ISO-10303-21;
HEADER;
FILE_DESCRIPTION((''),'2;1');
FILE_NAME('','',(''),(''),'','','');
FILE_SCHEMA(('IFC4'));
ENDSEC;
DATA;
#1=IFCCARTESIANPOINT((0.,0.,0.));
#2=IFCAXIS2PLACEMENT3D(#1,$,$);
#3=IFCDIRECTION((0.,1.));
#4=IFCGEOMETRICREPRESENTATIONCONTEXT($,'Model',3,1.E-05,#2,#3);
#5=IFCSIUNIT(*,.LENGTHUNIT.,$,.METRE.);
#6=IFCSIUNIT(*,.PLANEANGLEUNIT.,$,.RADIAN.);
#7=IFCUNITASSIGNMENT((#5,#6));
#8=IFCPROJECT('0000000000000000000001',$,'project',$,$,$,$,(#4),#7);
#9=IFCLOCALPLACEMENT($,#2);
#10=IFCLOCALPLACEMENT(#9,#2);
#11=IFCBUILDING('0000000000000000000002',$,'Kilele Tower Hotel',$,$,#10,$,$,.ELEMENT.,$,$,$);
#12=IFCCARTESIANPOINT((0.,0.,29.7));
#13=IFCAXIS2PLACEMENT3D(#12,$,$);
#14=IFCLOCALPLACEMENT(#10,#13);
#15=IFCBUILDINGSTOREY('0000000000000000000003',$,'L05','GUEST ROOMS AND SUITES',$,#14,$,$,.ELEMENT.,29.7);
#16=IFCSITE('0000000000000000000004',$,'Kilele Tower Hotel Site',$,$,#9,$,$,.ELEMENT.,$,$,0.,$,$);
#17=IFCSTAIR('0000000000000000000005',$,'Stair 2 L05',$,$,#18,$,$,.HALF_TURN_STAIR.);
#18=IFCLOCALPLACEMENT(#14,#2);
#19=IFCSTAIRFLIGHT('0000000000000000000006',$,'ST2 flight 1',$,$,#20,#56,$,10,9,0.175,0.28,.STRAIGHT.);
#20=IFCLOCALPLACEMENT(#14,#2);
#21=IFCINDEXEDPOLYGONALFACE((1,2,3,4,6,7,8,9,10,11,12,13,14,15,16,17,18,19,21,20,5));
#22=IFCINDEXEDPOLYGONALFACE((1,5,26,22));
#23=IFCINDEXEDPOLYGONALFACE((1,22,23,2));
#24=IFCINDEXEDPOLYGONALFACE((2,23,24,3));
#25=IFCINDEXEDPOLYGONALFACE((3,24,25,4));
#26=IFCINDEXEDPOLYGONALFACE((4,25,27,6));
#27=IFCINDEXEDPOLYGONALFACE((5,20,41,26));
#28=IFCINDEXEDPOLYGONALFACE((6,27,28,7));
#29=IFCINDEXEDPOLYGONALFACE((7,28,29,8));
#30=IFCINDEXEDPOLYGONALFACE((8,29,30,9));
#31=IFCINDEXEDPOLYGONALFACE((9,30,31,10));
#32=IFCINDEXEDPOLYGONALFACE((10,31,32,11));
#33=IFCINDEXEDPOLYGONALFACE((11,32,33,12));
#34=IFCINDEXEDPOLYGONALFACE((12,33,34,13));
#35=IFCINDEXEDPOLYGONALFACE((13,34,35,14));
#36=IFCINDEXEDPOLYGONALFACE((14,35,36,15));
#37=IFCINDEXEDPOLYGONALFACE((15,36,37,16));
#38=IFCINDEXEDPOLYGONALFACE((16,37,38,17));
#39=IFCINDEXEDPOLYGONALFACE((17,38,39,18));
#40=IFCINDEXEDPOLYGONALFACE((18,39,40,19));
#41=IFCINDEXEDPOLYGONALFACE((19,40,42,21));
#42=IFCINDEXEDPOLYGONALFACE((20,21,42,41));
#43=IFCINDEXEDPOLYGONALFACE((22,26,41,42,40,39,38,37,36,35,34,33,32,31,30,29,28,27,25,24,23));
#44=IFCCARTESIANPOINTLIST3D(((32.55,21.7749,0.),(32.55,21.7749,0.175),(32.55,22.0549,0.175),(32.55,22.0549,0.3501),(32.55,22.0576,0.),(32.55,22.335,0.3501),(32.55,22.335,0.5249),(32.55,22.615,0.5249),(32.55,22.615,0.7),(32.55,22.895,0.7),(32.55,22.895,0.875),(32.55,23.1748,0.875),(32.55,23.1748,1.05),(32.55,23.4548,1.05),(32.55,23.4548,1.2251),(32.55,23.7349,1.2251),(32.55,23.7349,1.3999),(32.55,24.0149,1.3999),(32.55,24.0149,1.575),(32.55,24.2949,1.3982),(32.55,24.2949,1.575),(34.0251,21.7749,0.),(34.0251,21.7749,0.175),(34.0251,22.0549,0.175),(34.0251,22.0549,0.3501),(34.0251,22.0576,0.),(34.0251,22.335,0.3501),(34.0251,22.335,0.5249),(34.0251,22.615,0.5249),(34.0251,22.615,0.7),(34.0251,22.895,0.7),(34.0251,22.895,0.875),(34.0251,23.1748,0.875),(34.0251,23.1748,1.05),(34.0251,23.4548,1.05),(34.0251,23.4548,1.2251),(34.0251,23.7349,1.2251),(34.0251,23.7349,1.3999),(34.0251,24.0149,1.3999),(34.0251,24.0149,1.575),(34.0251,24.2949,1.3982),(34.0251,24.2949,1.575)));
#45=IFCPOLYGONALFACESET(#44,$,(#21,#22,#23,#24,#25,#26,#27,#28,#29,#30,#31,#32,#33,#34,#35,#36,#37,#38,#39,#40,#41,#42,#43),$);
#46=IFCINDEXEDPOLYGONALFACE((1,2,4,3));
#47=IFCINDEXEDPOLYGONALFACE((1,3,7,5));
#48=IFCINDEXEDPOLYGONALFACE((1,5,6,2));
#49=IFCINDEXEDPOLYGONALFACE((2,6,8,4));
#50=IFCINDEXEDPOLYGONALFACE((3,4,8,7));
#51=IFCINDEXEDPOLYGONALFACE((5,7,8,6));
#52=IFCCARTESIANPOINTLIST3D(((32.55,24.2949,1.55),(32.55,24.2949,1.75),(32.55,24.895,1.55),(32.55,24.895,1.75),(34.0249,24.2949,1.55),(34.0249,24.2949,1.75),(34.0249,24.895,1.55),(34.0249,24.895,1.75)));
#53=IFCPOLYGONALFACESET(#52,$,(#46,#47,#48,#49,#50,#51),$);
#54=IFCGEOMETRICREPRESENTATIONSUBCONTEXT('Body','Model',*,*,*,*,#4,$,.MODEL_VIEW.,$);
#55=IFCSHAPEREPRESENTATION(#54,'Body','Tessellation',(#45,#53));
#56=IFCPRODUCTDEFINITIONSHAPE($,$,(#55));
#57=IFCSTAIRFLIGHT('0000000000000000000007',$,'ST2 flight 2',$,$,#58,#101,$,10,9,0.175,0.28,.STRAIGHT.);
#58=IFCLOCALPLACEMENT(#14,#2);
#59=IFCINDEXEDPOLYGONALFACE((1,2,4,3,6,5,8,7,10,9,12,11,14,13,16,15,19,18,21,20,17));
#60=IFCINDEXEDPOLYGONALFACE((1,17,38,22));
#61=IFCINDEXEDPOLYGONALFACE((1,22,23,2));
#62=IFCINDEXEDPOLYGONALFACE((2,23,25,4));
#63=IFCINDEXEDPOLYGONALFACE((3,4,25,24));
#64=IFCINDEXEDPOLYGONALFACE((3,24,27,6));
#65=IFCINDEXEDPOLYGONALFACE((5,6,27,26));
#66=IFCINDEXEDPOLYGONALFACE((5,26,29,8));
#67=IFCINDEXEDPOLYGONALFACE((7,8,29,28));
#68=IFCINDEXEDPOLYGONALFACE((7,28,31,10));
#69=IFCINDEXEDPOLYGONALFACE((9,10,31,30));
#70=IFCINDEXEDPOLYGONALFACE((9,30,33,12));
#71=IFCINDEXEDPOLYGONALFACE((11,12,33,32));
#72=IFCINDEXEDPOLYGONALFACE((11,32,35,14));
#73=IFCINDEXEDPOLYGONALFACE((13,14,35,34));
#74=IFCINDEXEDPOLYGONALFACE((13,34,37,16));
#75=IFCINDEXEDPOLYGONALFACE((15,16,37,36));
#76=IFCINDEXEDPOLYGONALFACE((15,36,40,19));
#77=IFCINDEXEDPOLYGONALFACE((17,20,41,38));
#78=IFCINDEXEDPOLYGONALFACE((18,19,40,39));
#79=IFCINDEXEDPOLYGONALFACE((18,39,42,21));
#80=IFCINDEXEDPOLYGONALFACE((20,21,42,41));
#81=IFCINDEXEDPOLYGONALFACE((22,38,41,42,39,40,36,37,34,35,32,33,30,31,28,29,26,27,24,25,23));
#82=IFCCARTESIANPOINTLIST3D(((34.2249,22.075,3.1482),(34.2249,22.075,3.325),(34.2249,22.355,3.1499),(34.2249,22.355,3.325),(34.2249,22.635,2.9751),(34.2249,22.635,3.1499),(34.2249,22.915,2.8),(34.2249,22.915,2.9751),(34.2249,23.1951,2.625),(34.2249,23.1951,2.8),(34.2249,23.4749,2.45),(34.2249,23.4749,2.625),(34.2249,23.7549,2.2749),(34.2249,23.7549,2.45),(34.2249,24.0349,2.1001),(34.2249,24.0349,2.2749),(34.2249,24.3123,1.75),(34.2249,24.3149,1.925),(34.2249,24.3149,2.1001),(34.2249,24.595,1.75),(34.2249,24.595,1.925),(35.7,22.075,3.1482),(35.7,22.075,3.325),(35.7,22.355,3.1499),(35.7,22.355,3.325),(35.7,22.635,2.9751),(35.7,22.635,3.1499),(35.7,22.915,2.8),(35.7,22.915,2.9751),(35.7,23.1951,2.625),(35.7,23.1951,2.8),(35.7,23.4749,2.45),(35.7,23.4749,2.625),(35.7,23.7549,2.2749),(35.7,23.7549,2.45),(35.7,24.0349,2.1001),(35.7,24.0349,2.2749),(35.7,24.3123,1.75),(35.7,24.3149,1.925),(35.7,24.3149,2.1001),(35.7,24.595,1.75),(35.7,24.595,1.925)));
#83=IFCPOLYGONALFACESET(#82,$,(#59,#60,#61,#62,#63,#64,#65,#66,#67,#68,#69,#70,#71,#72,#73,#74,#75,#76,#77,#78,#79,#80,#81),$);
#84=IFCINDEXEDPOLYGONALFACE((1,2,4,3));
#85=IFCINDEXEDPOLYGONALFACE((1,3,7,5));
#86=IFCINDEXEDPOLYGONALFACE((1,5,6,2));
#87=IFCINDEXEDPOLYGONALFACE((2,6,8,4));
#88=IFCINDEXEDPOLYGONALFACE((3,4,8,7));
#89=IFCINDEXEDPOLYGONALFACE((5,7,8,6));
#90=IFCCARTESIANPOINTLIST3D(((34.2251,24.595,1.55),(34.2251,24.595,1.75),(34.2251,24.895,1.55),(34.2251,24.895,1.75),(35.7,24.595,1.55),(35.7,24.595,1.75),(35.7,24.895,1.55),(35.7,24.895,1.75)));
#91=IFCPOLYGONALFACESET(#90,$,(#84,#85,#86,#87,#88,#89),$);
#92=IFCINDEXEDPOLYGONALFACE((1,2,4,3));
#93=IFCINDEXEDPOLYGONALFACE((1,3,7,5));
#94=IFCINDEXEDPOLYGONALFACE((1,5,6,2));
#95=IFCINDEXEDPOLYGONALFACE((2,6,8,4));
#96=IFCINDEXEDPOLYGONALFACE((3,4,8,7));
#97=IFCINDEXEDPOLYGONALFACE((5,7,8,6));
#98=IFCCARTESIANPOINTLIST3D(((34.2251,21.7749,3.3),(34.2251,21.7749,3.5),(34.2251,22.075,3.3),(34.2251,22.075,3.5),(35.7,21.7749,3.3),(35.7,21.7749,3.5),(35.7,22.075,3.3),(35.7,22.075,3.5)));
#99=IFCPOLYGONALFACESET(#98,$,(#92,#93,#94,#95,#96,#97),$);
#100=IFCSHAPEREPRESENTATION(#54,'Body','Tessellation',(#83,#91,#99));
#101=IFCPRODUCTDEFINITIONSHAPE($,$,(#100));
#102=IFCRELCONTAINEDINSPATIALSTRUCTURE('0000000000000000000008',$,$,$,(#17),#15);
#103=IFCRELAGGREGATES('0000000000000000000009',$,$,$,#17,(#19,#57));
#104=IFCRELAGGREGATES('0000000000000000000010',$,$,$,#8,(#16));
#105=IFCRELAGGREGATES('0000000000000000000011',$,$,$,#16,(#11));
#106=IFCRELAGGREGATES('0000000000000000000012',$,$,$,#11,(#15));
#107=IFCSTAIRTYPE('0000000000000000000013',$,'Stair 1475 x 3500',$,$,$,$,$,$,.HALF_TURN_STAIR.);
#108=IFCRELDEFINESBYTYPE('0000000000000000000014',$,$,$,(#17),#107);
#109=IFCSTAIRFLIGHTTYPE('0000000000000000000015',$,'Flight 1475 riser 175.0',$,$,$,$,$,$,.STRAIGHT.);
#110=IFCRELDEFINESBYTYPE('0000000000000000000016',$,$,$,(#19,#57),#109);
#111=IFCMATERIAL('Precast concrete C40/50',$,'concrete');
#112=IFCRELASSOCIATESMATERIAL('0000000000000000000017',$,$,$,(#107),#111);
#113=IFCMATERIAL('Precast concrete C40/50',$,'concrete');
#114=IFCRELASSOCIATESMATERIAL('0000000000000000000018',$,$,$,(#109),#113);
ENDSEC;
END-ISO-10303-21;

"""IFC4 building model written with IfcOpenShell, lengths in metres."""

from ifc_helpers import new_model, si_unit, direction, frame, origin, place, context, subcontext, project, spatial, polyline, outline, extrude, material, type_object, element, aggregate, save


model = new_model("IFC4")

# Units and contexts
model_context = context("Model", 3, precision=1e-05, world=origin(), true_north=direction((0.0, 1.0)))
body_context = subcontext(model_context, "Body", "Model", "MODEL_VIEW")
ifc_project = project(units=[si_unit("LENGTHUNIT", "METRE"), si_unit("PLANEANGLEUNIT", "RADIAN")], contexts=[model_context])

# Site, building, storey
site_placement = place(None, origin())
site = spatial("IfcSite", under=ifc_project, at=site_placement, Name="Kilele Tower Hotel Site", CompositionType="ELEMENT", RefElevation=0.0)
building_placement = place(site_placement, origin())
building = spatial("IfcBuilding", under=site, at=building_placement, Name="Kilele Tower Hotel", CompositionType="ELEMENT")
storey_placement = place(building_placement, frame((0.0, 0.0, 29.7)))
storey = spatial("IfcBuildingStorey", under=building, at=storey_placement, Name="L05", Description="GUEST ROOMS AND SUITES", CompositionType="ELEMENT", Elevation=29.7)

# Stair, stair flights
ifc_material_1 = material(Name="Precast concrete C40/50", Category="concrete")
stair_type = type_object("IfcStairType", Name="Stair 1475 x 3500", PredefinedType="HALF_TURN_STAIR", material=ifc_material_1)
stair_placement = place(storey_placement, origin())
stair = element("IfcStair", 1, at=stair_placement, inside=storey, type_object=stair_type, Name="Stair 2 L05", PredefinedType="HALF_TURN_STAIR")
ifc_material_2 = material(Name="Precast concrete C40/50", Category="concrete")
stair_flight_type = type_object("IfcStairFlightType", Name="Flight 1475 riser 175.0", PredefinedType="STRAIGHT", material=ifc_material_2)
stair_flight_1_placement = place(storey_placement, frame((33.2876, 21.7749, 0.0), z_axis=(0.0, 0.0, 1.0), x_axis=(0.0, 1.0, 0.0)))
stair_flight_1 = element("IfcStairFlight", 2, at=stair_flight_1_placement, type_object=stair_flight_type, Name="ST2 flight 1", NumberOfRisers=10, NumberOfTreads=9, PredefinedType="STRAIGHT", RiserHeight=0.175, TreadLength=0.28, context=body_context, shape_type="SweptSolid", body=[
    extrude(outline(polyline([(0.0, 0.0), (0.0, 0.175), (0.28, 0.175), (0.28, 0.3501), (0.5601, 0.3501), (0.5601, 0.5249), (0.8401, 0.5249), (0.8401, 0.7), (1.1201, 0.7), (1.1201, 0.875), (1.3999, 0.875), (1.3999, 1.05), (1.6799, 1.05), (1.6799, 1.2251), (1.96, 1.2251), (1.96, 1.3999), (2.24, 1.3999), (2.24, 1.575), (2.52, 1.575), (2.52, 1.75), (2.52, 1.3982), (0.2827, 0.0), (0.0, 0.0)])), frame((0.0, 0.7375, 0.0), z_axis=(0.0, -1.0, 0.0), x_axis=(1.0, 0.0, 0.0)), (0.0, 0.0, 1.0), 1.4751),
    extrude(outline(polyline([(2.52, 0.7375), (2.52, -0.7373), (3.1201, -0.7373), (3.1201, 0.7375), (2.52, 0.7375)])), frame((0.0, 0.0, 1.55)), (0.0, 0.0, 1.0), 0.2),
])
stair_flight_2_placement = place(storey_placement, frame((34.9624, 24.595, 1.75), z_axis=(0.0, 0.0, 1.0), x_axis=(0.0, -1.0, 0.0)))
stair_flight_2 = element("IfcStairFlight", 3, at=stair_flight_2_placement, type_object=stair_flight_type, Name="ST2 flight 2", NumberOfRisers=10, NumberOfTreads=9, PredefinedType="STRAIGHT", RiserHeight=0.175, TreadLength=0.28, context=body_context, shape_type="SweptSolid", body=[
    extrude(outline(polyline([(0.0, 0.0), (0.0, 0.175), (0.28, 0.175), (0.28, 0.3501), (0.5601, 0.3501), (0.5601, 0.5249), (0.8401, 0.5249), (0.8401, 0.7), (1.1201, 0.7), (1.1201, 0.875), (1.3999, 0.875), (1.3999, 1.05), (1.6799, 1.05), (1.6799, 1.2251), (1.96, 1.2251), (1.96, 1.3999), (2.24, 1.3999), (2.24, 1.575), (2.52, 1.575), (2.52, 1.75), (2.52, 1.3982), (0.2827, 0.0), (0.0, 0.0)])), frame((0.0, 0.7375, 0.0), z_axis=(0.0, -1.0, 0.0), x_axis=(1.0, 0.0, 0.0)), (0.0, 0.0, 1.0), 1.4751),
    extrude(outline(polyline([(0.0, -0.7373), (0.0, 0.7375), (-0.3, 0.7375), (-0.3, -0.7373), (0.0, -0.7373)])), frame((0.0, 0.0, -0.2)), (0.0, 0.0, 1.0), 0.2),
    extrude(outline(polyline([(2.8201, -0.7373), (2.8201, 0.7375), (2.52, 0.7375), (2.52, -0.7373), (2.8201, -0.7373)])), frame((0.0, 0.0, 1.55)), (0.0, 0.0, 1.0), 0.2),
])
aggregate(stair, [stair_flight_1, stair_flight_2])

save(model, "model.ifc")
